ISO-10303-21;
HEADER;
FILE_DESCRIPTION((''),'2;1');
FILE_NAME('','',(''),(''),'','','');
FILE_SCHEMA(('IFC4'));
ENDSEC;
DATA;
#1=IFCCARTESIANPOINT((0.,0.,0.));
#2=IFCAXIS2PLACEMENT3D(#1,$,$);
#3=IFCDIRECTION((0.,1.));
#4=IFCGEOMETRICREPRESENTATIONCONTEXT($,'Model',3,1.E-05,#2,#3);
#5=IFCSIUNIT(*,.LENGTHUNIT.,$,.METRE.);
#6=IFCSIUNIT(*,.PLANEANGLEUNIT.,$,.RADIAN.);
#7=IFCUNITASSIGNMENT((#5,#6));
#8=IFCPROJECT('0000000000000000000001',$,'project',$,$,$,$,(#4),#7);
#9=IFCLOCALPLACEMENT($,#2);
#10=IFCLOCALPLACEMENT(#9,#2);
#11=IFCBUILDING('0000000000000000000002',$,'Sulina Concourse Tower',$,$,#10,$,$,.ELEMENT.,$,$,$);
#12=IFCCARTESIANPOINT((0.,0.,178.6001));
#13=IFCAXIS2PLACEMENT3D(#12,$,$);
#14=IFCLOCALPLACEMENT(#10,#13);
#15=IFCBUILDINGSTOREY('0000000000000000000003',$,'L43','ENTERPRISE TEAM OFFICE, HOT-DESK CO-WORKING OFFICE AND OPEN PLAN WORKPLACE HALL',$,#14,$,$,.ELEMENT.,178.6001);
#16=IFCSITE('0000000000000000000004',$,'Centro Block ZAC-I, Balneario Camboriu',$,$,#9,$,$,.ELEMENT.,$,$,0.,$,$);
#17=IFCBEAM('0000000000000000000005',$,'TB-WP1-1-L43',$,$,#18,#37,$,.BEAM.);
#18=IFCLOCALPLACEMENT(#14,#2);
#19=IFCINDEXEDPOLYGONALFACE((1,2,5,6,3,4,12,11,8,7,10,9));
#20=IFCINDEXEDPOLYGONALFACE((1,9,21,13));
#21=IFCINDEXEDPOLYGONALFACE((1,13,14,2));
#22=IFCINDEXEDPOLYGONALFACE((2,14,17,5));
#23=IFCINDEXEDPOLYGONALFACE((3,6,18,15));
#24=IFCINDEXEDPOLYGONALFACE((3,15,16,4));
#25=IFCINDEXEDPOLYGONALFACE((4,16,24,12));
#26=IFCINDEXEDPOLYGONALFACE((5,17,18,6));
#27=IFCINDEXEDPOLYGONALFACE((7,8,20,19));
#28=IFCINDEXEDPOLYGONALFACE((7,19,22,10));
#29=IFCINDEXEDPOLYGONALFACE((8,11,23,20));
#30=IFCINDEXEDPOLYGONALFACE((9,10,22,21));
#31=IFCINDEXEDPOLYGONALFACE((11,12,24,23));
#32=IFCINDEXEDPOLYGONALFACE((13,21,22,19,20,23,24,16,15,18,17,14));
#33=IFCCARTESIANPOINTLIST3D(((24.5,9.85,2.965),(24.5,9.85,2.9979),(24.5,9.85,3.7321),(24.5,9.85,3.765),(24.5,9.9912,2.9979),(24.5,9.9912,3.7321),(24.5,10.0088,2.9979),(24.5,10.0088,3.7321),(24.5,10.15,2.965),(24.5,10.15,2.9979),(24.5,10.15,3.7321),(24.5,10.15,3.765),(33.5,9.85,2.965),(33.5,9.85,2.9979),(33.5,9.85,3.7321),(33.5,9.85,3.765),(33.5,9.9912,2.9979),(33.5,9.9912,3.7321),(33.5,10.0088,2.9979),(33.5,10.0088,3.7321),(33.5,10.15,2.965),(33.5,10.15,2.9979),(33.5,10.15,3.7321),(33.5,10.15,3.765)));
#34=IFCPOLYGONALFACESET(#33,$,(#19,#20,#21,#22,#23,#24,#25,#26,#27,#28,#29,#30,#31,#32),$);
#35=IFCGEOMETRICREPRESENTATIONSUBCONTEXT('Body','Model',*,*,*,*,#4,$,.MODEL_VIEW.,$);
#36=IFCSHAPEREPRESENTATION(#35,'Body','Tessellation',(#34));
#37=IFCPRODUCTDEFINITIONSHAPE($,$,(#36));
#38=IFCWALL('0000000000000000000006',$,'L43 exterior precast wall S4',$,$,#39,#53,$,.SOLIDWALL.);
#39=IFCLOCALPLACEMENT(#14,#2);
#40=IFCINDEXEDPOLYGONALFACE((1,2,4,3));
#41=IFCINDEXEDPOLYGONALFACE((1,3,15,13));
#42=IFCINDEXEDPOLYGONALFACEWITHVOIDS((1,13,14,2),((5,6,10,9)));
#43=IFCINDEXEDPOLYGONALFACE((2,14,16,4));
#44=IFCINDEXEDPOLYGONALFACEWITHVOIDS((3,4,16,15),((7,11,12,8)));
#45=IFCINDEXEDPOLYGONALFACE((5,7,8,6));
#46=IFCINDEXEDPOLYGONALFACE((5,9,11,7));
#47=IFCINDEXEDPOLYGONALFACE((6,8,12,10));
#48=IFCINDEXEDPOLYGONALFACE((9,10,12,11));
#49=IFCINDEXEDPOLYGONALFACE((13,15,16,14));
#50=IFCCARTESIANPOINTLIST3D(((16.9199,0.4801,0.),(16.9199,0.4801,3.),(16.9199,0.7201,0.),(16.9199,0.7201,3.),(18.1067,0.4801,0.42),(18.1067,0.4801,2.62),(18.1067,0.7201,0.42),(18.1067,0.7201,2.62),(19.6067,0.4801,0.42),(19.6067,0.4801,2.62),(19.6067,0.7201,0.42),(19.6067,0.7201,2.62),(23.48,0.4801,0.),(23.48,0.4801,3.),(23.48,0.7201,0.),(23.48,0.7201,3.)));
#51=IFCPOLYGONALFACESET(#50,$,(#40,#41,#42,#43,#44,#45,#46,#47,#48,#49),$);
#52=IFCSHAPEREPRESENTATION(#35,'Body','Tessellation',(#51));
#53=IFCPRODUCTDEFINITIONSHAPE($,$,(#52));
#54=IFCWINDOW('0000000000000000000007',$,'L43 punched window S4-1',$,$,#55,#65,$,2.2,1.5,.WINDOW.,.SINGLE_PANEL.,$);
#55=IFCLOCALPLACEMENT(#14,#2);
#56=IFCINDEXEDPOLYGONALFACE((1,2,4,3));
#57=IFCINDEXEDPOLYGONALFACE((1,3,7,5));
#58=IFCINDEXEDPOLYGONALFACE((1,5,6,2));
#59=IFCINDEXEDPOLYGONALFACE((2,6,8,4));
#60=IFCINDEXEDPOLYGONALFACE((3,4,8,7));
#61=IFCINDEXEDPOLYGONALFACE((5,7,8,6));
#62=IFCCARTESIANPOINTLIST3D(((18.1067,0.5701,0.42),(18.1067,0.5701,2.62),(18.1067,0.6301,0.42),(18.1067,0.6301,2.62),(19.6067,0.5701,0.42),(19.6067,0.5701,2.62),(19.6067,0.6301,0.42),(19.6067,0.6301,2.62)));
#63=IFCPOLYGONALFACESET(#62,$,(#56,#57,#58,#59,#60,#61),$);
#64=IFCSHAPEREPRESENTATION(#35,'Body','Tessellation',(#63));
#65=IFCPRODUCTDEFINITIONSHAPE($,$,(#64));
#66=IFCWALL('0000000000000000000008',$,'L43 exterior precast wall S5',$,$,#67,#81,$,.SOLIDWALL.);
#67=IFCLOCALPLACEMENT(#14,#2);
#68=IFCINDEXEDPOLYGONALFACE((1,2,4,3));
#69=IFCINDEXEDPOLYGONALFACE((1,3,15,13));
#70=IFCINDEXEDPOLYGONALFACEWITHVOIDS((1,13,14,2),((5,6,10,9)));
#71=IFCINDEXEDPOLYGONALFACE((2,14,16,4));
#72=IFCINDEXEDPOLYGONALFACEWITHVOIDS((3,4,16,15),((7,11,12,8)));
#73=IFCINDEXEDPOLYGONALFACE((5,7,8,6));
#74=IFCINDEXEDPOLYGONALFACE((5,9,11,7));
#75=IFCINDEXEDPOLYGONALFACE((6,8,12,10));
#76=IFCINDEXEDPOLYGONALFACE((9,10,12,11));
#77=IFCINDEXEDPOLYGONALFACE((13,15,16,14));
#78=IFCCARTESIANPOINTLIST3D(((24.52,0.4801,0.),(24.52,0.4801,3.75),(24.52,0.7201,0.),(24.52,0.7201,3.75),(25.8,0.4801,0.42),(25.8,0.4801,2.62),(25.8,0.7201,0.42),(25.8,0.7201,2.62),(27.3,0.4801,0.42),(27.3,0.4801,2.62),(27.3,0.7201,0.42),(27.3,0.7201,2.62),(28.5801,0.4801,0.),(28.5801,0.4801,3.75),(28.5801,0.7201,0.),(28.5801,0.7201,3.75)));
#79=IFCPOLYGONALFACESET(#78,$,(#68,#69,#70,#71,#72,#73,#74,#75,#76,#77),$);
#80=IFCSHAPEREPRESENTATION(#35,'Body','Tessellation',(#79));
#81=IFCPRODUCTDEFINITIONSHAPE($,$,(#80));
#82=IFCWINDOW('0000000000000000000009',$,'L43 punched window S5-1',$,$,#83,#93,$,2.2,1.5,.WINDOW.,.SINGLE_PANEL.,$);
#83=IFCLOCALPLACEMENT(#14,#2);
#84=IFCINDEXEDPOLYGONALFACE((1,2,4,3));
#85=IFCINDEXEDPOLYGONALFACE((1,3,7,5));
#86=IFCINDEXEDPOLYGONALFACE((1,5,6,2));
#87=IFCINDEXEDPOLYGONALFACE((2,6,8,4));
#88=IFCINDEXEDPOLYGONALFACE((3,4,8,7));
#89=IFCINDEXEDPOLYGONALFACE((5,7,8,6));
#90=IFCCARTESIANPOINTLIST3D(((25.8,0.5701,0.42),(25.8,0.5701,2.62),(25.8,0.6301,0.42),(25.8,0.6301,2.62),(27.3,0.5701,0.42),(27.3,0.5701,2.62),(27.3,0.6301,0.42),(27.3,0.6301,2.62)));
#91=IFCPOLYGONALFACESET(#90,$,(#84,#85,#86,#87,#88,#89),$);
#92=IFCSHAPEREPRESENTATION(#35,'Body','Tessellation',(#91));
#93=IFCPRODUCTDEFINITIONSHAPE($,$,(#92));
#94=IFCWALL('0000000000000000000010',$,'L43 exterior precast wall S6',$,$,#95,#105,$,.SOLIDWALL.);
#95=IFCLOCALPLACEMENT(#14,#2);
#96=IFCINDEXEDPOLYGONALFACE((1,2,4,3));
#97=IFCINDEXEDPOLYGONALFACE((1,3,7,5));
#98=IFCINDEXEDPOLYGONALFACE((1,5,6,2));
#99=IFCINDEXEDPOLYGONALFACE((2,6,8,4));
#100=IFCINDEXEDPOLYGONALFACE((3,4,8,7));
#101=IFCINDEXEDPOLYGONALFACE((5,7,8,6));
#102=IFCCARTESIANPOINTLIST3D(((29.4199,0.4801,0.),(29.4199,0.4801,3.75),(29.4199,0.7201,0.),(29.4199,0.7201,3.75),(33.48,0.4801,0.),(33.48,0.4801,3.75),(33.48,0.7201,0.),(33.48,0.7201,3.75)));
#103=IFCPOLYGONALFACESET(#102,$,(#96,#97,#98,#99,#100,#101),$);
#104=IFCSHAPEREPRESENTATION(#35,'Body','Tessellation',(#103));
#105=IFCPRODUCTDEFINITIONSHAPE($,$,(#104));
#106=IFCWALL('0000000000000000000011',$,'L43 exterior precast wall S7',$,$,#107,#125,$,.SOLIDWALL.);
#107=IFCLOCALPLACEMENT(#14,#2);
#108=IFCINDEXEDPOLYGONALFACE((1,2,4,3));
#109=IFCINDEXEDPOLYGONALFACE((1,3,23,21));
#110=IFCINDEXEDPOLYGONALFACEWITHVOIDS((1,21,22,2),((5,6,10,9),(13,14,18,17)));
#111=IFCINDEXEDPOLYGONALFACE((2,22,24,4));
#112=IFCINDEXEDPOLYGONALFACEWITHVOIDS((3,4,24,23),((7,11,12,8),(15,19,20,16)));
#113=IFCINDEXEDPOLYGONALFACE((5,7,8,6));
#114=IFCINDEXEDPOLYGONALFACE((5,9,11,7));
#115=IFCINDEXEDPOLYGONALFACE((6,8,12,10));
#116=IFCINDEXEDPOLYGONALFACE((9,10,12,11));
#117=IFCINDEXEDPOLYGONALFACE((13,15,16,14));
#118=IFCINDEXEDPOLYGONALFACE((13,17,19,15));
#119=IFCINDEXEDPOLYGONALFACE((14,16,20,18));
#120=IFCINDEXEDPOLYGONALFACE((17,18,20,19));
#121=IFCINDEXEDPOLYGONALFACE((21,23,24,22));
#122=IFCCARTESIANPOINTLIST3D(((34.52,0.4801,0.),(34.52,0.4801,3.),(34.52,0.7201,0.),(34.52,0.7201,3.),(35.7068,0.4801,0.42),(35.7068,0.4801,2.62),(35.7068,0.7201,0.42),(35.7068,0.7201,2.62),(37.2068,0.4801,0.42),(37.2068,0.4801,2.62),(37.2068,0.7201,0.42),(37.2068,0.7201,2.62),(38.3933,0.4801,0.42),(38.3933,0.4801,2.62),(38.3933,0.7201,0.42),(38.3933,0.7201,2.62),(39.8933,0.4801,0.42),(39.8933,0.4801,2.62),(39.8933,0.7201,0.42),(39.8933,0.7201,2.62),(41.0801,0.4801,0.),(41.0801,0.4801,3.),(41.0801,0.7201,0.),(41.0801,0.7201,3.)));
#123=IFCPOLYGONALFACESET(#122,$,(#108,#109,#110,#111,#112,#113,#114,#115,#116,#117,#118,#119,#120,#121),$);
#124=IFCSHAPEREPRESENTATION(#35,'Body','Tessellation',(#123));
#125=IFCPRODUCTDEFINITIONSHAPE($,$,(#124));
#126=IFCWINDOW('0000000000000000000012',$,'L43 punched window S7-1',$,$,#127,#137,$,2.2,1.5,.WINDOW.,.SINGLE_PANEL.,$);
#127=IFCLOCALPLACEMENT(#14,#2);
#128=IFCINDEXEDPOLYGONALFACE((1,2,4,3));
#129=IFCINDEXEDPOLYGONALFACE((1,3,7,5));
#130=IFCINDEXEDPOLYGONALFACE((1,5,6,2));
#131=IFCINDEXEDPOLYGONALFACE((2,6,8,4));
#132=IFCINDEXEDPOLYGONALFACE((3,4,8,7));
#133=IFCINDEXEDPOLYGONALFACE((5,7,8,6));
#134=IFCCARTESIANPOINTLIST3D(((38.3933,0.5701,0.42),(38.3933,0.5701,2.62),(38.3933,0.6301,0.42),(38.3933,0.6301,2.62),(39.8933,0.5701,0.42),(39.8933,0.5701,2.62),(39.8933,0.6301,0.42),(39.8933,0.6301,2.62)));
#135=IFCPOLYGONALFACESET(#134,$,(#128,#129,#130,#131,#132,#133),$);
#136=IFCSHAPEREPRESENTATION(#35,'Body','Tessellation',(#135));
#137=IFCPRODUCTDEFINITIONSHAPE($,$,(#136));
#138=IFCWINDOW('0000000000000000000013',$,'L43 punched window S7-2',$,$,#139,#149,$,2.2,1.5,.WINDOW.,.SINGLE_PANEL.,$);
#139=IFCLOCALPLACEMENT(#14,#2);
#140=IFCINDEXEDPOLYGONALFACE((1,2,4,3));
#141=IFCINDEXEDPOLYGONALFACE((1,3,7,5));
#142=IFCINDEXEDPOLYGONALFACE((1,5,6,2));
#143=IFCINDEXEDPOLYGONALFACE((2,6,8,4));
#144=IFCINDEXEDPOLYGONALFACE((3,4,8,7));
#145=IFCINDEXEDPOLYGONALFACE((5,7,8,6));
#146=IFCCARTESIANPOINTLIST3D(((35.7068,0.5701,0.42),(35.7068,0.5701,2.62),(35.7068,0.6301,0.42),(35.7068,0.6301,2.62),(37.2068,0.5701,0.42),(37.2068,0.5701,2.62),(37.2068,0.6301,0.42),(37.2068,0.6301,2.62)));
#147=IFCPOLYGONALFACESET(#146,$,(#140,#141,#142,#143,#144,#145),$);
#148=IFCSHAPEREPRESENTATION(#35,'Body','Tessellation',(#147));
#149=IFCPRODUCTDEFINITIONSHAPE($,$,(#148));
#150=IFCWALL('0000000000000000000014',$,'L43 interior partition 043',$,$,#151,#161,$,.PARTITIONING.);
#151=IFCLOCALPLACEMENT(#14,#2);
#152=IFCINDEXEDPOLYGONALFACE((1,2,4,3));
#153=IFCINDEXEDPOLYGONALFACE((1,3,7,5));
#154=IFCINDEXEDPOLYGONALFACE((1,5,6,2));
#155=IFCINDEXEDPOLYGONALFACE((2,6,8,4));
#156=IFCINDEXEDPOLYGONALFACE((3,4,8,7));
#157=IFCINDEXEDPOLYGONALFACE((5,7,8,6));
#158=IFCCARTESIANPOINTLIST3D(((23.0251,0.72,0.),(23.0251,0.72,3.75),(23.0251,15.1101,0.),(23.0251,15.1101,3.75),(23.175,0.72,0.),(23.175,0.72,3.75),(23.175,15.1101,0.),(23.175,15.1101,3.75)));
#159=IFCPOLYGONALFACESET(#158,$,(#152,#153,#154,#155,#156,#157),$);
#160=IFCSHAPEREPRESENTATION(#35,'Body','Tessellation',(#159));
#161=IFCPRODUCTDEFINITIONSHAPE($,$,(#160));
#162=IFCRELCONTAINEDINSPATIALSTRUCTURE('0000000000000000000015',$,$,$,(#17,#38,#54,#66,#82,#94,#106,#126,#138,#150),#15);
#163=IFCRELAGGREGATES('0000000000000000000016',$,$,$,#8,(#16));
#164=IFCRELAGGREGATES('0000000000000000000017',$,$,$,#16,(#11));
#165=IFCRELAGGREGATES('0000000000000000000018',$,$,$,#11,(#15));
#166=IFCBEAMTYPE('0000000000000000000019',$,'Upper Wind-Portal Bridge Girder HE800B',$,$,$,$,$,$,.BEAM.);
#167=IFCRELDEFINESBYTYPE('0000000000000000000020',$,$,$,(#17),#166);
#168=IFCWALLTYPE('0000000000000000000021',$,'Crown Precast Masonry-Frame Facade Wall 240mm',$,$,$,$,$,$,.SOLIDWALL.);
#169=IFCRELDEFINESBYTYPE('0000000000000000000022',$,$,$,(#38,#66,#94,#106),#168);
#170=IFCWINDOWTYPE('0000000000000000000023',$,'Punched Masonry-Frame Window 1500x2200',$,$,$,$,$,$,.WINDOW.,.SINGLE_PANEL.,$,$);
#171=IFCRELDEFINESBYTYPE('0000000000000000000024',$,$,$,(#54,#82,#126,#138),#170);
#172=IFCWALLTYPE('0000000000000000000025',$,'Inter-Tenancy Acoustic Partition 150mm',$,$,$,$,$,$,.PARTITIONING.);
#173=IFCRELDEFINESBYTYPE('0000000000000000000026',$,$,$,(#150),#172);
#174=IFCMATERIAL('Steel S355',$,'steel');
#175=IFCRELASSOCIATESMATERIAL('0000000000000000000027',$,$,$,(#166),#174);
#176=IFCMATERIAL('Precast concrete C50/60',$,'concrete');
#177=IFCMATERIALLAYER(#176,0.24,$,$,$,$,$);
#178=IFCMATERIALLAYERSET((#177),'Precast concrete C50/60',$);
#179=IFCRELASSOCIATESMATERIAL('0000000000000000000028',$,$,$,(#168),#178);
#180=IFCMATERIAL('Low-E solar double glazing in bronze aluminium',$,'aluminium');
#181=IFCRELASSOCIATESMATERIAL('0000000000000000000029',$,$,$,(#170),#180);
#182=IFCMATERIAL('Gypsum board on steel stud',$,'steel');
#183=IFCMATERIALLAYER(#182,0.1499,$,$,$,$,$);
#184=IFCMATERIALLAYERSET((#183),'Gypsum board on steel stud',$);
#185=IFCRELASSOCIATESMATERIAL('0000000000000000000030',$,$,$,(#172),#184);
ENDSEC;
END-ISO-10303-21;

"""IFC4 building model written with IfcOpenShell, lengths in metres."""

from ifc_helpers import new_model, si_unit, direction, frame, frame_2d, origin, origin_2d, place, context, subcontext, project, spatial, rectangle, i_section, extrude, material, layer, layer_set, material_profile, profile_set, type_object, element, fill, save


model = new_model("IFC4")

# Units and contexts
model_context = context("Model", 3, precision=1e-05, world=origin(), true_north=direction((0.0, 1.0)))
body_context = subcontext(model_context, "Body", "Model", "MODEL_VIEW")
ifc_project = project(units=[si_unit("LENGTHUNIT", "METRE"), si_unit("PLANEANGLEUNIT", "RADIAN")], contexts=[model_context])

# Site, building, storey
site_placement = place(None, origin())
site = spatial("IfcSite", under=ifc_project, at=site_placement, Name="Centro Block ZAC-I, Balneario Camboriu", CompositionType="ELEMENT", RefElevation=0.0)
building_placement = place(site_placement, origin())
building = spatial("IfcBuilding", under=site, at=building_placement, Name="Sulina Concourse Tower", CompositionType="ELEMENT")
storey_placement = place(building_placement, frame((0.0, 0.0, 178.6001)))
storey = spatial("IfcBuildingStorey", under=building, at=storey_placement, Name="L43", Description="ENTERPRISE TEAM OFFICE, HOT-DESK CO-WORKING OFFICE AND OPEN PLAN WORKPLACE HALL", CompositionType="ELEMENT", Elevation=178.6001)

# Beam
ifc_material_1 = material(Name="Steel S355", Category="steel")
ifc_material_profile_1 = material_profile(ifc_material_1, i_section(OverallWidth=0.3, OverallDepth=0.8, WebThickness=0.0176, FlangeThickness=0.033, at=origin_2d()), Name="HE 800 B")
ifc_profile_set_1 = profile_set([ifc_material_profile_1], Name="Steel S355")
beam_type_1 = type_object("IfcBeamType", Name="Upper Wind-Portal Bridge Girder HE800B", PredefinedType="BEAM", material=ifc_profile_set_1)
beam_1_placement = place(storey_placement, frame((24.5, 10.0, 3.365), z_axis=(1.0, 0.0, 0.0), x_axis=(0.0, 1.0, 0.0)))
element("IfcBeam", 1, at=beam_1_placement, inside=storey, type_object=beam_type_1, Name="TB-WP1-1-L43", PredefinedType="BEAM", context=body_context, shape_type="SweptSolid", body=[
    extrude(i_section(OverallWidth=0.3, OverallDepth=0.8, WebThickness=0.0176, FlangeThickness=0.033, at=origin_2d()), origin(), (0.0, 0.0, 1.0), 9.0),
])

# Walls, openings, windows
ifc_material_2 = material(Name="Precast concrete C50/60", Category="concrete")
ifc_layer_1 = layer(ifc_material_2, 0.24)
ifc_layer_set_1 = layer_set([ifc_layer_1], Name="Precast concrete C50/60")
wall_type_1 = type_object("IfcWallType", Name="Crown Precast Masonry-Frame Facade Wall 240mm", PredefinedType="SOLIDWALL", material=ifc_layer_set_1)
wall_1_placement = place(storey_placement, frame((23.48, 0.6001, 0.0), z_axis=(0.0, 0.0, 1.0), x_axis=(-1.0, 0.0, 0.0)))
wall_1 = element("IfcWall", 2, at=wall_1_placement, inside=storey, type_object=wall_type_1, Name="L43 exterior precast wall S4", PredefinedType="SOLIDWALL", context=body_context, shape_type="SweptSolid", body=[
    extrude(rectangle(XDim=6.5601, YDim=0.24, at=frame_2d((3.28, 0.0))), origin(), (0.0, 0.0, 1.0), 3.0),
])
opening_1_placement = place(wall_1_placement, frame((3.8733, 0.0, 0.4199)))
opening_1 = element("IfcOpeningElement", 3, at=opening_1_placement, cuts=wall_1, PredefinedType="OPENING", context=body_context, shape_type="SweptSolid", body=[
    extrude(rectangle(XDim=1.5, YDim=2.2, at=frame_2d((0.75, 1.1001))), frame((0.0, 0.1299, 0.0), z_axis=(0.0, -1.0, 0.0), x_axis=(1.0, 0.0, 0.0)), (0.0, 0.0, 1.0), 0.26),
])
ifc_material_3 = material(Name="Low-E solar double glazing in bronze aluminium", Category="aluminium")
window_type = type_object("IfcWindowType", Name="Punched Masonry-Frame Window 1500x2200", PartitioningType="SINGLE_PANEL", PredefinedType="WINDOW", material=ifc_material_3)
window_1_placement = place(opening_1_placement, origin())
window_1 = element("IfcWindow", 4, at=window_1_placement, inside=storey, type_object=window_type, Name="L43 punched window S4-1", OverallHeight=2.2, OverallWidth=1.5, PartitioningType="SINGLE_PANEL", PredefinedType="WINDOW", context=body_context, shape_type="SweptSolid", body=[
    extrude(rectangle(XDim=1.5, YDim=2.2, at=frame_2d((0.75, 1.1001))), frame((0.0, 0.03, 0.0), z_axis=(0.0, -1.0, 0.0), x_axis=(1.0, 0.0, 0.0)), (0.0, 0.0, 1.0), 0.0601),
])
fill(opening_1, window_1)
wall_2_placement = place(storey_placement, frame((28.5801, 0.6001, 0.0), z_axis=(0.0, 0.0, 1.0), x_axis=(-1.0, 0.0, 0.0)))
wall_2 = element("IfcWall", 5, at=wall_2_placement, inside=storey, type_object=wall_type_1, Name="L43 exterior precast wall S5", PredefinedType="SOLIDWALL", context=body_context, shape_type="SweptSolid", body=[
    extrude(rectangle(XDim=4.0601, YDim=0.24, at=frame_2d((2.03, 0.0))), origin(), (0.0, 0.0, 1.0), 3.75),
])
opening_2_placement = place(wall_2_placement, frame((1.28, 0.0, 0.4199)))
opening_2 = element("IfcOpeningElement", 6, at=opening_2_placement, cuts=wall_2, PredefinedType="OPENING", context=body_context, shape_type="SweptSolid", body=[
    extrude(rectangle(XDim=1.5, YDim=2.2, at=frame_2d((0.75, 1.1001))), frame((0.0, 0.1299, 0.0), z_axis=(0.0, -1.0, 0.0), x_axis=(1.0, 0.0, 0.0)), (0.0, 0.0, 1.0), 0.26),
])
window_2_placement = place(opening_2_placement, origin())
window_2 = element("IfcWindow", 7, at=window_2_placement, inside=storey, type_object=window_type, Name="L43 punched window S5-1", OverallHeight=2.2, OverallWidth=1.5, PartitioningType="SINGLE_PANEL", PredefinedType="WINDOW", context=body_context, shape_type="SweptSolid", body=[
    extrude(rectangle(XDim=1.5, YDim=2.2, at=frame_2d((0.75, 1.1001))), frame((0.0, 0.03, 0.0), z_axis=(0.0, -1.0, 0.0), x_axis=(1.0, 0.0, 0.0)), (0.0, 0.0, 1.0), 0.0601),
])
fill(opening_2, window_2)

# Wall
wall_3_placement = place(storey_placement, frame((33.48, 0.6001, 0.0), z_axis=(0.0, 0.0, 1.0), x_axis=(-1.0, 0.0, 0.0)))
element("IfcWall", 8, at=wall_3_placement, inside=storey, type_object=wall_type_1, Name="L43 exterior precast wall S6", PredefinedType="SOLIDWALL", context=body_context, shape_type="SweptSolid", body=[
    extrude(rectangle(XDim=4.0601, YDim=0.24, at=frame_2d((2.03, 0.0))), origin(), (0.0, 0.0, 1.0), 3.75),
])

# Wall, openings, windows
wall_4_placement = place(storey_placement, frame((41.0801, 0.6001, 0.0), z_axis=(0.0, 0.0, 1.0), x_axis=(-1.0, 0.0, 0.0)))
wall_4 = element("IfcWall", 9, at=wall_4_placement, inside=storey, type_object=wall_type_1, Name="L43 exterior precast wall S7", PredefinedType="SOLIDWALL", context=body_context, shape_type="SweptSolid", body=[
    extrude(rectangle(XDim=6.5601, YDim=0.24, at=frame_2d((3.28, 0.0))), origin(), (0.0, 0.0, 1.0), 3.0),
])
opening_3_placement = place(wall_4_placement, frame((1.1868, 0.0, 0.4199)))
opening_3 = element("IfcOpeningElement", 10, at=opening_3_placement, cuts=wall_4, PredefinedType="OPENING", context=body_context, shape_type="SweptSolid", body=[
    extrude(rectangle(XDim=1.5, YDim=2.2, at=frame_2d((0.75, 1.1001))), frame((0.0, 0.1299, 0.0), z_axis=(0.0, -1.0, 0.0), x_axis=(1.0, 0.0, 0.0)), (0.0, 0.0, 1.0), 0.26),
])
opening_4_placement = place(wall_4_placement, frame((3.8733, 0.0, 0.4199)))
opening_4 = element("IfcOpeningElement", 11, at=opening_4_placement, cuts=wall_4, PredefinedType="OPENING", context=body_context, shape_type="SweptSolid", body=[
    extrude(rectangle(XDim=1.5, YDim=2.2, at=frame_2d((0.75, 1.1001))), frame((0.0, 0.1299, 0.0), z_axis=(0.0, -1.0, 0.0), x_axis=(1.0, 0.0, 0.0)), (0.0, 0.0, 1.0), 0.26),
])
window_3_placement = place(opening_3_placement, origin())
window_3 = element("IfcWindow", 12, at=window_3_placement, inside=storey, type_object=window_type, Name="L43 punched window S7-1", OverallHeight=2.2, OverallWidth=1.5, PartitioningType="SINGLE_PANEL", PredefinedType="WINDOW", context=body_context, shape_type="SweptSolid", body=[
    extrude(rectangle(XDim=1.5, YDim=2.2, at=frame_2d((0.75, 1.1001))), frame((0.0, 0.03, 0.0), z_axis=(0.0, -1.0, 0.0), x_axis=(1.0, 0.0, 0.0)), (0.0, 0.0, 1.0), 0.0601),
])
fill(opening_3, window_3)
window_4_placement = place(opening_4_placement, origin())
window_4 = element("IfcWindow", 13, at=window_4_placement, inside=storey, type_object=window_type, Name="L43 punched window S7-2", OverallHeight=2.2, OverallWidth=1.5, PartitioningType="SINGLE_PANEL", PredefinedType="WINDOW", context=body_context, shape_type="SweptSolid", body=[
    extrude(rectangle(XDim=1.5, YDim=2.2, at=frame_2d((0.75, 1.1001))), frame((0.0, 0.03, 0.0), z_axis=(0.0, -1.0, 0.0), x_axis=(1.0, 0.0, 0.0)), (0.0, 0.0, 1.0), 0.0601),
])
fill(opening_4, window_4)

# Wall
ifc_material_4 = material(Name="Gypsum board on steel stud", Category="steel")
ifc_layer_2 = layer(ifc_material_4, 0.1499)
ifc_layer_set_2 = layer_set([ifc_layer_2], Name="Gypsum board on steel stud")
wall_type_2 = type_object("IfcWallType", Name="Inter-Tenancy Acoustic Partition 150mm", PredefinedType="PARTITIONING", material=ifc_layer_set_2)
wall_5_placement = place(storey_placement, frame((23.1001, 0.72, 0.0), z_axis=(0.0, 0.0, 1.0), x_axis=(0.0, 1.0, 0.0)))
element("IfcWall", 14, at=wall_5_placement, inside=storey, type_object=wall_type_2, Name="L43 interior partition 043", PredefinedType="PARTITIONING", context=body_context, shape_type="SweptSolid", body=[
    extrude(rectangle(XDim=14.3901, YDim=0.1499, at=frame_2d((7.1951, 0.0))), origin(), (0.0, 0.0, 1.0), 3.75),
])

save(model, "model.ifc")
